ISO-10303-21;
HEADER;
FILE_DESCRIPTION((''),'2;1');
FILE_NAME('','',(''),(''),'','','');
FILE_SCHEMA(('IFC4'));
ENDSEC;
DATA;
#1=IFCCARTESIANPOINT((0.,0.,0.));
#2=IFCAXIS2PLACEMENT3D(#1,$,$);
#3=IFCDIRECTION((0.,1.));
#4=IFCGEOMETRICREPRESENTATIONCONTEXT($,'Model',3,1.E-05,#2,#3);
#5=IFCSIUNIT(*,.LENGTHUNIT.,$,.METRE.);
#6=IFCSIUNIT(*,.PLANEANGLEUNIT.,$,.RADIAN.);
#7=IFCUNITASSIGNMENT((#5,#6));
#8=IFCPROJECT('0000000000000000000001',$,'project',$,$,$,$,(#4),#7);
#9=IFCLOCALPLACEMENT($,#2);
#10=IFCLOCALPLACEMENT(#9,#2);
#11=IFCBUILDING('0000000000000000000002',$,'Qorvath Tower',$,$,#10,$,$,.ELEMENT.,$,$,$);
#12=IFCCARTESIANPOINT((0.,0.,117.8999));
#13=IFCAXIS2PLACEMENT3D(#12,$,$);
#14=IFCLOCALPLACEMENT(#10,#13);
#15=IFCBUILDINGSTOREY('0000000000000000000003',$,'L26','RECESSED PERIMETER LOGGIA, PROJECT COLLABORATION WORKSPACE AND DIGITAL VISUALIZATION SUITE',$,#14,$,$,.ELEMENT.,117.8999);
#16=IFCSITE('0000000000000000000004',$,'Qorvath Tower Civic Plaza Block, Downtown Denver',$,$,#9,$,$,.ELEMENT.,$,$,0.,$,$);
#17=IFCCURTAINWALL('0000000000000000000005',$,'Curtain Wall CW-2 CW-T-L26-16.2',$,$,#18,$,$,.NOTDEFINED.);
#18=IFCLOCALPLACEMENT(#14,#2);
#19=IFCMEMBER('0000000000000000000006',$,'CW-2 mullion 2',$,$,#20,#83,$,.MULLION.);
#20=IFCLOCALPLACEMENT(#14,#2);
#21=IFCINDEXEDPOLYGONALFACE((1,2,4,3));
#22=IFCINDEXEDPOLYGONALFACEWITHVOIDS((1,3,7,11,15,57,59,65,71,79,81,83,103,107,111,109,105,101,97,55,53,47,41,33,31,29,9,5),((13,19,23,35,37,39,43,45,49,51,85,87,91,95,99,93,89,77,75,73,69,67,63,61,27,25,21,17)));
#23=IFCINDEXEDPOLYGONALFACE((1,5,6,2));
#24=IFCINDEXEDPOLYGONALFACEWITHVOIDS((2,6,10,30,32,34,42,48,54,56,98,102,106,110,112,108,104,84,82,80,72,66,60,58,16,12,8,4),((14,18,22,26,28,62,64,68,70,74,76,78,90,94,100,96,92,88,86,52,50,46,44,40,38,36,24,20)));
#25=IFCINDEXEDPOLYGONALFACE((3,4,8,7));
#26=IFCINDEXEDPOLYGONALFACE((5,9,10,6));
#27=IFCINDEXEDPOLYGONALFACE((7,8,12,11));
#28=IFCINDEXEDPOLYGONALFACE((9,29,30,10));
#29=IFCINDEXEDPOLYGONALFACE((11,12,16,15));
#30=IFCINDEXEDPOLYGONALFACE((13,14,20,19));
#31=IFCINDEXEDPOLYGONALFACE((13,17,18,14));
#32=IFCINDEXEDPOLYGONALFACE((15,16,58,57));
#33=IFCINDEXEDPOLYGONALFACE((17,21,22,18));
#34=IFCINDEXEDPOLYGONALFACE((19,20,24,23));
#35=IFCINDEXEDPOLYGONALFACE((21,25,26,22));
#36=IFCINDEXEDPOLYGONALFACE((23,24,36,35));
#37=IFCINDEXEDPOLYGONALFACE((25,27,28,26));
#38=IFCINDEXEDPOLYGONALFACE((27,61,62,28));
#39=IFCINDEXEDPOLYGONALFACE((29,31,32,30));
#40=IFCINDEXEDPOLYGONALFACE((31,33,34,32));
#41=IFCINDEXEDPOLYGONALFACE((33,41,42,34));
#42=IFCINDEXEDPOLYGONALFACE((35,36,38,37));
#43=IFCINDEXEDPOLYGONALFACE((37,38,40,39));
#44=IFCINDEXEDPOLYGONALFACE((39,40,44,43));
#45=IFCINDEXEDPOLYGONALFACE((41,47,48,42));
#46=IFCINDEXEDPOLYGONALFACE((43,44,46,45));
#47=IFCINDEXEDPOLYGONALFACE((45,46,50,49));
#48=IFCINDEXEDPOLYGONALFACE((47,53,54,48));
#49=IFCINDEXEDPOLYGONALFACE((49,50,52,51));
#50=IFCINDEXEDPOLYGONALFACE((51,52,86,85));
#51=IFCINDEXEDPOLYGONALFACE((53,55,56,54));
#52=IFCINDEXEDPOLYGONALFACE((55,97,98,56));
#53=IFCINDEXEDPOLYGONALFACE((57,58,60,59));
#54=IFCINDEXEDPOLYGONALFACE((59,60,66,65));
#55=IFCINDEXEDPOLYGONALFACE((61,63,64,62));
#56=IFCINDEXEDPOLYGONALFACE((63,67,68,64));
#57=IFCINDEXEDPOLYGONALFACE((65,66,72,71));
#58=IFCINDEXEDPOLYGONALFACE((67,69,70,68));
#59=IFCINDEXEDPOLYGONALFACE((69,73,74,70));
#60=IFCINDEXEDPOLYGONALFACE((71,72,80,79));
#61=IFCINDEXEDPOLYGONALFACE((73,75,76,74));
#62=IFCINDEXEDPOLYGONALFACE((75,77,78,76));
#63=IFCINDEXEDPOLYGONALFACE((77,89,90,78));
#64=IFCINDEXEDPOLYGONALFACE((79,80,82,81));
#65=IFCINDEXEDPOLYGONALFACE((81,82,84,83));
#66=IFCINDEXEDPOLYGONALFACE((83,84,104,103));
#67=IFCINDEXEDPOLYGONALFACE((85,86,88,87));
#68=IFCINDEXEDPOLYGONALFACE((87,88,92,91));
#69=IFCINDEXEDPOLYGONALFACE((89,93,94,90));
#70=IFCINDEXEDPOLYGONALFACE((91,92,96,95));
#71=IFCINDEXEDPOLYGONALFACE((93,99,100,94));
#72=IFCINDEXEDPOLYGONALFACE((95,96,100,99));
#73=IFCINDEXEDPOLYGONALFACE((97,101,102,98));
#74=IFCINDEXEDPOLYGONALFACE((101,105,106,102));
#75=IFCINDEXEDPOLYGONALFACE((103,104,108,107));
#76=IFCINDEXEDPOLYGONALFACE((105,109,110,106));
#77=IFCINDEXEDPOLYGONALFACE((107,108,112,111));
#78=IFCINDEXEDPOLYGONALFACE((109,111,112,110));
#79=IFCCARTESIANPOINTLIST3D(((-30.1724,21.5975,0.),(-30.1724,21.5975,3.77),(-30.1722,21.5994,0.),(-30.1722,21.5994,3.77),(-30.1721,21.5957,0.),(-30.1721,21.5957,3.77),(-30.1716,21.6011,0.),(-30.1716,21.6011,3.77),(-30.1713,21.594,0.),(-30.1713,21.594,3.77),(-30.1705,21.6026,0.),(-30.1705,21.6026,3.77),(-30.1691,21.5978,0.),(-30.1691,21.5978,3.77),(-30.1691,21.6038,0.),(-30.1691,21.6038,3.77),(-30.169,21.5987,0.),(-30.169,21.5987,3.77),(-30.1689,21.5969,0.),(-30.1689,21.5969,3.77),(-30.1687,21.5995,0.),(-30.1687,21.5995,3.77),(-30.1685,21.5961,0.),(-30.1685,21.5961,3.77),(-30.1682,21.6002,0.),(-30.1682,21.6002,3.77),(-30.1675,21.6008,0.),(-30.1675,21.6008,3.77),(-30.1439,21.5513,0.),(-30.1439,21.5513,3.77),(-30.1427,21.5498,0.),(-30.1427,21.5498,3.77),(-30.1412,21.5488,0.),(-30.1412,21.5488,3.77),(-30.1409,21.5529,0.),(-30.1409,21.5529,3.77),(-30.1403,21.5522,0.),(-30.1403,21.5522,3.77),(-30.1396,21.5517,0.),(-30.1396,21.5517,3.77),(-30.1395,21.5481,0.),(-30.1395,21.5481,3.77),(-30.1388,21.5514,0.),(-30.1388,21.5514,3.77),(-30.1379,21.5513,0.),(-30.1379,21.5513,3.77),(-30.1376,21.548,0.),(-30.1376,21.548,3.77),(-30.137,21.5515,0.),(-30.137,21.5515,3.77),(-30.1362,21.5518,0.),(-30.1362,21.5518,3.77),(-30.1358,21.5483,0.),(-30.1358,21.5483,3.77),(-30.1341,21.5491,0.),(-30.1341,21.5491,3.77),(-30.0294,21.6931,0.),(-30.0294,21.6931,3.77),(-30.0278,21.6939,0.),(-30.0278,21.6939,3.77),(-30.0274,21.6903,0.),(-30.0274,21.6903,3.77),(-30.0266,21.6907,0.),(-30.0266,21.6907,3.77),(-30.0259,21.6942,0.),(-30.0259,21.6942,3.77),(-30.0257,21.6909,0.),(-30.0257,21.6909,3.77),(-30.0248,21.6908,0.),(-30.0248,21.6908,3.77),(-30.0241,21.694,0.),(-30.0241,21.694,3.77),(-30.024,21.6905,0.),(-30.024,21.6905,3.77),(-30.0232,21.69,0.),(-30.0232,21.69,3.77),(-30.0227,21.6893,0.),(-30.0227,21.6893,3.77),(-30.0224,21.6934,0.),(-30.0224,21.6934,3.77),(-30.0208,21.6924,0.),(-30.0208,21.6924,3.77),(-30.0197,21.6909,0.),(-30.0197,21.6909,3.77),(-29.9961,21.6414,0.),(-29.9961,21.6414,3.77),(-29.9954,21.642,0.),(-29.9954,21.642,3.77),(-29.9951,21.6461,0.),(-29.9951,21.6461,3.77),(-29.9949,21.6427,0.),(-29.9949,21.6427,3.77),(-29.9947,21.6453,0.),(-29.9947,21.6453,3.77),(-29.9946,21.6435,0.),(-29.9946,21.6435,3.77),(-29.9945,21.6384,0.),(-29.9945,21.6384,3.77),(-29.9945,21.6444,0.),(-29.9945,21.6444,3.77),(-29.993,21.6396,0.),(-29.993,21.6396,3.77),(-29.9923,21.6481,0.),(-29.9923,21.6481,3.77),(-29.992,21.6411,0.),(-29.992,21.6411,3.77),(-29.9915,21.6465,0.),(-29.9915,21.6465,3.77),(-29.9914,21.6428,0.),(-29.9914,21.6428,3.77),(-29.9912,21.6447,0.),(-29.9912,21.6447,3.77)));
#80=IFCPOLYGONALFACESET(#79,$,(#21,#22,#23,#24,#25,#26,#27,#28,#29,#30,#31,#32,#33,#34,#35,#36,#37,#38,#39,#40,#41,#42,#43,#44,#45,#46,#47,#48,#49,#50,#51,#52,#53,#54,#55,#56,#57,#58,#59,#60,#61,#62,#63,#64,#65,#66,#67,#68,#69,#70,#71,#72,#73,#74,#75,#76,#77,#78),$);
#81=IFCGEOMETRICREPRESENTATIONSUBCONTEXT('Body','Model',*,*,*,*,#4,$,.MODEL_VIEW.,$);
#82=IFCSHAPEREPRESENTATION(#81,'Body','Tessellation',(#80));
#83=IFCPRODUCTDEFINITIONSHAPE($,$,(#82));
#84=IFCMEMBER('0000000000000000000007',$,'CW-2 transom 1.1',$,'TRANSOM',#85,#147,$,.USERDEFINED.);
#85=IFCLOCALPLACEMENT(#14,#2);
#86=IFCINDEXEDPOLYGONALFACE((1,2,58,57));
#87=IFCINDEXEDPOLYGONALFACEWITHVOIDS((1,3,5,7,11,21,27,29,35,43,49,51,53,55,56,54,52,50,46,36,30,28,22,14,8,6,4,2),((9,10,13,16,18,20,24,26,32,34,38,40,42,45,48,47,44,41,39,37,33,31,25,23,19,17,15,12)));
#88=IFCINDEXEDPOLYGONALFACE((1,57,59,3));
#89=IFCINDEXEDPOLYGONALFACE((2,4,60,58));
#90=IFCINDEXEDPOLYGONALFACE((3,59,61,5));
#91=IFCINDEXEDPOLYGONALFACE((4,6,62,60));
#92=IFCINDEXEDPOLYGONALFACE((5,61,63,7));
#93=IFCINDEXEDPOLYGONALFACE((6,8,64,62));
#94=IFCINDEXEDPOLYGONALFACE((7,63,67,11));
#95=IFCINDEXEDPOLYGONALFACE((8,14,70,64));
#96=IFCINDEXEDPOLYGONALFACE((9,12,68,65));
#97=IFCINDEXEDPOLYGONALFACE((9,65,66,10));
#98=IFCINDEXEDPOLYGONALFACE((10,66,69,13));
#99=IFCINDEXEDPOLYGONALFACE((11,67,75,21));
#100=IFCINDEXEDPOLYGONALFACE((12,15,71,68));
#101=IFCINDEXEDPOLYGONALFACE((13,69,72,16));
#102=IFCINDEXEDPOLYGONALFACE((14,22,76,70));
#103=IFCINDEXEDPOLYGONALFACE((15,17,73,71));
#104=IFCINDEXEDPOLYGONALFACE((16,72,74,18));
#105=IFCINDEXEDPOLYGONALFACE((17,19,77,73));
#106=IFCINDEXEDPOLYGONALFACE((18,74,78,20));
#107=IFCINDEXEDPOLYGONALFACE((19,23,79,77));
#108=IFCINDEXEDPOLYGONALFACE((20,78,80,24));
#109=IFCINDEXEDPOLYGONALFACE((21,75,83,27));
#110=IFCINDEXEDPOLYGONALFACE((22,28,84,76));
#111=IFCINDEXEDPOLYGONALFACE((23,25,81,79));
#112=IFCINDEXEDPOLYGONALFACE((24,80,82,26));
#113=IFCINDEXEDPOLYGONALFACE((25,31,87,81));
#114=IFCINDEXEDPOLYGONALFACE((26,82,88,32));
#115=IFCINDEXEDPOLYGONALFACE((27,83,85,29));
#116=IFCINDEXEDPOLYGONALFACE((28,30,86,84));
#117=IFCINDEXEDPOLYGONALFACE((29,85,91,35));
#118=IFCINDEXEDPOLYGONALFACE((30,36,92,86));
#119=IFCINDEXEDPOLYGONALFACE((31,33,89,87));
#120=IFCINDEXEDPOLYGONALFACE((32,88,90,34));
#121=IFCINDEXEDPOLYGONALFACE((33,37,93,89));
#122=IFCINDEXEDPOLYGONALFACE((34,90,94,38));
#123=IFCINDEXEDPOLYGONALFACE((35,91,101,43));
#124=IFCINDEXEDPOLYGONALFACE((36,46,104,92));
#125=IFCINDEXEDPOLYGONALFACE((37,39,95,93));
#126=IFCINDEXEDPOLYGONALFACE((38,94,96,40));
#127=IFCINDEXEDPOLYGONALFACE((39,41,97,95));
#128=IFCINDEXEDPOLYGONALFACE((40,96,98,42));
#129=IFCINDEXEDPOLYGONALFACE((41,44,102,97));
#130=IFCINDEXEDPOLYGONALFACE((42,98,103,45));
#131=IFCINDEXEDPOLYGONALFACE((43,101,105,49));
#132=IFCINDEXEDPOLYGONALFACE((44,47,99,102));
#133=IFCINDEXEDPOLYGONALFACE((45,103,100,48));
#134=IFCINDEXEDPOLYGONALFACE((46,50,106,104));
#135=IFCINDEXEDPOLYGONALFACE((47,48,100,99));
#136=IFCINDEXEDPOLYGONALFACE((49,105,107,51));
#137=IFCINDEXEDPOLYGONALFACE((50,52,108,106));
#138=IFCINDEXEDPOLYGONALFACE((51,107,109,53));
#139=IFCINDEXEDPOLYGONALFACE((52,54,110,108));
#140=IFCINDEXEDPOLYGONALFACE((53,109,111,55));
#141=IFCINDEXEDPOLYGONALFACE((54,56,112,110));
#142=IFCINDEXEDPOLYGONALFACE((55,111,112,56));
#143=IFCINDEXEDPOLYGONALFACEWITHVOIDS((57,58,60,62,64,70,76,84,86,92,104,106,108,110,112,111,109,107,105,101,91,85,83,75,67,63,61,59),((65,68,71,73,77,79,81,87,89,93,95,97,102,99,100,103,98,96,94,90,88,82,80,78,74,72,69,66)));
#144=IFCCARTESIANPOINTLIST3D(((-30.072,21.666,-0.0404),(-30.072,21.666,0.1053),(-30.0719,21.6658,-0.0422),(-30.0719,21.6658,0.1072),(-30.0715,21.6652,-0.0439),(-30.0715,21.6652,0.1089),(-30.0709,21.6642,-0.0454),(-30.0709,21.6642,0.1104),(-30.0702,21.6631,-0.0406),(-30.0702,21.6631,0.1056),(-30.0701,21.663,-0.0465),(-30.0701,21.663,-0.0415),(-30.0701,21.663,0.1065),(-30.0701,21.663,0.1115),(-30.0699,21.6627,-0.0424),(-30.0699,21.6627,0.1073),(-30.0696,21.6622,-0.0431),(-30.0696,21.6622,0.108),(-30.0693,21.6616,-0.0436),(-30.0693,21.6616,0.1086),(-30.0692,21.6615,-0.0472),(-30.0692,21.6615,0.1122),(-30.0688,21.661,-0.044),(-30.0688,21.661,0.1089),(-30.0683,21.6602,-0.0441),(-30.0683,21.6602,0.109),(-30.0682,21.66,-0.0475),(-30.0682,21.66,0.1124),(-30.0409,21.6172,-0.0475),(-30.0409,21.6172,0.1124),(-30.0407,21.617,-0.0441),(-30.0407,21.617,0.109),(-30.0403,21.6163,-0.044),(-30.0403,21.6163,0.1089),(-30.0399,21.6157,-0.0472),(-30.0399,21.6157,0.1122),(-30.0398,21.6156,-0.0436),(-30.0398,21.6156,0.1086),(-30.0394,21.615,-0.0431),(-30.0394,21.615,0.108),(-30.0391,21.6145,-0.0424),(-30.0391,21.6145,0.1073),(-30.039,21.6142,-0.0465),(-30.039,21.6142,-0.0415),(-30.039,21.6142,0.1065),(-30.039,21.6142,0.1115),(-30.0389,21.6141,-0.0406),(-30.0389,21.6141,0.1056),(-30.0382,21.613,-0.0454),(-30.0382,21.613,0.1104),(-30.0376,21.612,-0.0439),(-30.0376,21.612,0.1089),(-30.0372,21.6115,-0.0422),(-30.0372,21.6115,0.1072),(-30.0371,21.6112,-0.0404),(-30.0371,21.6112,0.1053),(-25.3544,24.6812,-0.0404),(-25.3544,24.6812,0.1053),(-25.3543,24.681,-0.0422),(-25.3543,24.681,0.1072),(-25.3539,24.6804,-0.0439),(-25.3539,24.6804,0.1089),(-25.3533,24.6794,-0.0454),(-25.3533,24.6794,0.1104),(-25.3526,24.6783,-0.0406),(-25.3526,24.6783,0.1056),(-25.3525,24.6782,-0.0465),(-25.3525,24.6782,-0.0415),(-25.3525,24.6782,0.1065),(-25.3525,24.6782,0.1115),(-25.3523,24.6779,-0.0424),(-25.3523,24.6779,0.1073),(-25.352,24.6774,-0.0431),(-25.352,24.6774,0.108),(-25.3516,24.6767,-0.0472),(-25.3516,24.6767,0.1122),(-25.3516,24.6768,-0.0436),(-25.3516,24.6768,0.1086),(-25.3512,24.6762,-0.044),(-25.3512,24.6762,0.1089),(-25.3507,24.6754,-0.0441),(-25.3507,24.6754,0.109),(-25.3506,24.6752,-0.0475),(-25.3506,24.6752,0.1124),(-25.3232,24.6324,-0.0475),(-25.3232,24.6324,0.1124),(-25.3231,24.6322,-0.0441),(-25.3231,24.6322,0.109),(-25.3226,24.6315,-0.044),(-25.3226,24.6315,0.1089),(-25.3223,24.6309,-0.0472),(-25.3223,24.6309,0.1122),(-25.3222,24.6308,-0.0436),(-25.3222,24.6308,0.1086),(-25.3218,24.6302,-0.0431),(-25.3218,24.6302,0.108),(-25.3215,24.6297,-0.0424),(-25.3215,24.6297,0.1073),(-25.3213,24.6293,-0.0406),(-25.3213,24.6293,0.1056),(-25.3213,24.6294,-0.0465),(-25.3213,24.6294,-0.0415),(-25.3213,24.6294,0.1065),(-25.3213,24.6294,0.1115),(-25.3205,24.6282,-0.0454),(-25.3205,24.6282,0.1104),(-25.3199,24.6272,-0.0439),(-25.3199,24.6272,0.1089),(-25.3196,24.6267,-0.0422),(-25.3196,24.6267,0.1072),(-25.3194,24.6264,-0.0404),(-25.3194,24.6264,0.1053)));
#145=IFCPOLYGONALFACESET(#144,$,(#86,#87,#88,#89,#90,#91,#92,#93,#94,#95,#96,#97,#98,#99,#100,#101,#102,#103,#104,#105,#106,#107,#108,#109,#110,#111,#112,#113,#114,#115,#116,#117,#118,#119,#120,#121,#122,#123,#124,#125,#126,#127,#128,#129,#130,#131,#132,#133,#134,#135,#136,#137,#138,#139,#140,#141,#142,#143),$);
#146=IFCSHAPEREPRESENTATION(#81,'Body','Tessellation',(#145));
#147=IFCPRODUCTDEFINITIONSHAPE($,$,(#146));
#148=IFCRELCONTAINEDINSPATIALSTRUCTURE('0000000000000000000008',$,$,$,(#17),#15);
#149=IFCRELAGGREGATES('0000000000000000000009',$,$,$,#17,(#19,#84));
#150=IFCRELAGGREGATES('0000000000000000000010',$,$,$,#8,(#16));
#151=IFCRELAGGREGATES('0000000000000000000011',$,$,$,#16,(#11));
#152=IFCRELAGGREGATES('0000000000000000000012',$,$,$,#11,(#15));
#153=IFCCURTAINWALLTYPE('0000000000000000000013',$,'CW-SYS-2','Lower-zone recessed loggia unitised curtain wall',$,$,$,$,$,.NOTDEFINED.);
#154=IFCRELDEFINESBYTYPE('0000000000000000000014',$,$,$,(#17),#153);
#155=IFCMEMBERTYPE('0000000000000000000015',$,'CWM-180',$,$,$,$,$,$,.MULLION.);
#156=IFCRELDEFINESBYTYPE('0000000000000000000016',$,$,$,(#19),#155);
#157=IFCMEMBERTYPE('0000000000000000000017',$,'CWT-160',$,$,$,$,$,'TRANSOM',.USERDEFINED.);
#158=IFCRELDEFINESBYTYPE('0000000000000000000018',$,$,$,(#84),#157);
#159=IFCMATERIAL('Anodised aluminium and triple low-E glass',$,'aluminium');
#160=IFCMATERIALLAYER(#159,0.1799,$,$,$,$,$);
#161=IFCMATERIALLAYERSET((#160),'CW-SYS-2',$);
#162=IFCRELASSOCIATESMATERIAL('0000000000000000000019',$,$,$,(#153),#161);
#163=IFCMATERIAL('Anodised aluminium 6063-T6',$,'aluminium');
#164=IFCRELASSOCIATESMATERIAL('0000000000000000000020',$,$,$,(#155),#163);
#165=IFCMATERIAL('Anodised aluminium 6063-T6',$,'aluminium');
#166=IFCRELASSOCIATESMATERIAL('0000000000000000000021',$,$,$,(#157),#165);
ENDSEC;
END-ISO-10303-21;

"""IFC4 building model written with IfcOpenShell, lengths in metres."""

from ifc_helpers import new_model, si_unit, direction, frame, origin, origin_2d, place, context, subcontext, project, spatial, hollow_rectangle, extrude, material, layer, layer_set, material_profile, profile_set, type_object, element, aggregate, save


model = new_model("IFC4")

# Units and contexts
model_context = context("Model", 3, precision=1e-05, world=origin(), true_north=direction((0.0, 1.0)))
body_context = subcontext(model_context, "Body", "Model", "MODEL_VIEW")
ifc_project = project(units=[si_unit("LENGTHUNIT", "METRE"), si_unit("PLANEANGLEUNIT", "RADIAN")], contexts=[model_context])

# Site, building, storey
site_placement = place(None, origin())
site = spatial("IfcSite", under=ifc_project, at=site_placement, Name="Qorvath Tower Civic Plaza Block, Downtown Denver", CompositionType="ELEMENT", RefElevation=0.0)
building_placement = place(site_placement, origin())
building = spatial("IfcBuilding", under=site, at=building_placement, Name="Qorvath Tower", CompositionType="ELEMENT")
storey_placement = place(building_placement, frame((0.0, 0.0, 117.8999)))
storey = spatial("IfcBuildingStorey", under=building, at=storey_placement, Name="L26", Description="RECESSED PERIMETER LOGGIA, PROJECT COLLABORATION WORKSPACE AND DIGITAL VISUALIZATION SUITE", CompositionType="ELEMENT", Elevation=117.8999)

# Shared definitions
ifc_material_1 = material(Name="Anodised aluminium and triple low-E glass", Category="aluminium")
ifc_layer_1 = layer(ifc_material_1, 0.1799)
ifc_layer_set_1 = layer_set([ifc_layer_1], Name="CW-SYS-2")
curtain_wall_type = type_object("IfcCurtainWallType", Name="CW-SYS-2", Description="Lower-zone recessed loggia unitised curtain wall", PredefinedType="NOTDEFINED", material=ifc_layer_set_1)
ifc_material_2 = material(Name="Anodised aluminium 6063-T6", Category="aluminium")
ifc_material_profile_1 = material_profile(ifc_material_2, hollow_rectangle(XDim=0.0649, YDim=0.1799, WallThickness=0.0034, InnerFilletRadius=0.0034, OuterFilletRadius=0.0071, at=origin_2d()), Name="CWM 180x65")
ifc_profile_set_1 = profile_set([ifc_material_profile_1], Name="Anodised aluminium 6063-T6")
member_type_1 = type_object("IfcMemberType", Name="CWM-180", PredefinedType="MULLION", material=ifc_profile_set_1)

# Curtain wall, members
curtain_wall_1_placement = place(storey_placement, origin())
curtain_wall_1 = element("IfcCurtainWall", 1, at=curtain_wall_1_placement, inside=storey, type_object=curtain_wall_type, Name="Curtain Wall CW-2 CW-T-L26-16.2", PredefinedType="NOTDEFINED")
member_1_placement = place(storey_placement, frame((-30.0818, 21.6211, 0.0), z_axis=(0.0, 0.0, 1.0), x_axis=(0.53853, -0.842607, 0.0)))
member_1 = element("IfcMember", 2, at=member_1_placement, type_object=member_type_1, Name="CW-2 mullion 2", PredefinedType="MULLION", context=body_context, shape_type="SweptSolid", body=[
    extrude(hollow_rectangle(XDim=0.0649, YDim=0.1799, WallThickness=0.0034, InnerFilletRadius=0.0034, OuterFilletRadius=0.0071, at=origin_2d()), origin(), (0.0, 0.0, 1.0), 3.77),
])
ifc_material_3 = material(Name="Anodised aluminium 6063-T6", Category="aluminium")
ifc_material_profile_2 = material_profile(ifc_material_3, hollow_rectangle(XDim=0.0649, YDim=0.1599, WallThickness=0.0034, InnerFilletRadius=0.0034, OuterFilletRadius=0.0071, at=origin_2d()), Name="CWT 160x65")
ifc_profile_set_2 = profile_set([ifc_material_profile_2], Name="Anodised aluminium 6063-T6")
member_type_2 = type_object("IfcMemberType", Name="CWT-160", ElementType="TRANSOM", PredefinedType="USERDEFINED", material=ifc_profile_set_2)
member_2_placement = place(storey_placement, frame((-25.3369, 24.6538, 0.0325), z_axis=(-0.842602, -0.538536, 0.0), x_axis=(0.538536, -0.842602, 0.0)))
member_2 = element("IfcMember", 3, at=member_2_placement, type_object=member_type_2, Name="CW-2 transom 1.1", ObjectType="TRANSOM", PredefinedType="USERDEFINED", context=body_context, shape_type="SweptSolid", body=[
    extrude(hollow_rectangle(XDim=0.0649, YDim=0.1599, WallThickness=0.0034, InnerFilletRadius=0.0034, OuterFilletRadius=0.0071, at=origin_2d()), origin(), (0.0, 0.0, 1.0), 5.5989),
])

aggregate(curtain_wall_1, [member_1, member_2])

save(model, "model.ifc")
